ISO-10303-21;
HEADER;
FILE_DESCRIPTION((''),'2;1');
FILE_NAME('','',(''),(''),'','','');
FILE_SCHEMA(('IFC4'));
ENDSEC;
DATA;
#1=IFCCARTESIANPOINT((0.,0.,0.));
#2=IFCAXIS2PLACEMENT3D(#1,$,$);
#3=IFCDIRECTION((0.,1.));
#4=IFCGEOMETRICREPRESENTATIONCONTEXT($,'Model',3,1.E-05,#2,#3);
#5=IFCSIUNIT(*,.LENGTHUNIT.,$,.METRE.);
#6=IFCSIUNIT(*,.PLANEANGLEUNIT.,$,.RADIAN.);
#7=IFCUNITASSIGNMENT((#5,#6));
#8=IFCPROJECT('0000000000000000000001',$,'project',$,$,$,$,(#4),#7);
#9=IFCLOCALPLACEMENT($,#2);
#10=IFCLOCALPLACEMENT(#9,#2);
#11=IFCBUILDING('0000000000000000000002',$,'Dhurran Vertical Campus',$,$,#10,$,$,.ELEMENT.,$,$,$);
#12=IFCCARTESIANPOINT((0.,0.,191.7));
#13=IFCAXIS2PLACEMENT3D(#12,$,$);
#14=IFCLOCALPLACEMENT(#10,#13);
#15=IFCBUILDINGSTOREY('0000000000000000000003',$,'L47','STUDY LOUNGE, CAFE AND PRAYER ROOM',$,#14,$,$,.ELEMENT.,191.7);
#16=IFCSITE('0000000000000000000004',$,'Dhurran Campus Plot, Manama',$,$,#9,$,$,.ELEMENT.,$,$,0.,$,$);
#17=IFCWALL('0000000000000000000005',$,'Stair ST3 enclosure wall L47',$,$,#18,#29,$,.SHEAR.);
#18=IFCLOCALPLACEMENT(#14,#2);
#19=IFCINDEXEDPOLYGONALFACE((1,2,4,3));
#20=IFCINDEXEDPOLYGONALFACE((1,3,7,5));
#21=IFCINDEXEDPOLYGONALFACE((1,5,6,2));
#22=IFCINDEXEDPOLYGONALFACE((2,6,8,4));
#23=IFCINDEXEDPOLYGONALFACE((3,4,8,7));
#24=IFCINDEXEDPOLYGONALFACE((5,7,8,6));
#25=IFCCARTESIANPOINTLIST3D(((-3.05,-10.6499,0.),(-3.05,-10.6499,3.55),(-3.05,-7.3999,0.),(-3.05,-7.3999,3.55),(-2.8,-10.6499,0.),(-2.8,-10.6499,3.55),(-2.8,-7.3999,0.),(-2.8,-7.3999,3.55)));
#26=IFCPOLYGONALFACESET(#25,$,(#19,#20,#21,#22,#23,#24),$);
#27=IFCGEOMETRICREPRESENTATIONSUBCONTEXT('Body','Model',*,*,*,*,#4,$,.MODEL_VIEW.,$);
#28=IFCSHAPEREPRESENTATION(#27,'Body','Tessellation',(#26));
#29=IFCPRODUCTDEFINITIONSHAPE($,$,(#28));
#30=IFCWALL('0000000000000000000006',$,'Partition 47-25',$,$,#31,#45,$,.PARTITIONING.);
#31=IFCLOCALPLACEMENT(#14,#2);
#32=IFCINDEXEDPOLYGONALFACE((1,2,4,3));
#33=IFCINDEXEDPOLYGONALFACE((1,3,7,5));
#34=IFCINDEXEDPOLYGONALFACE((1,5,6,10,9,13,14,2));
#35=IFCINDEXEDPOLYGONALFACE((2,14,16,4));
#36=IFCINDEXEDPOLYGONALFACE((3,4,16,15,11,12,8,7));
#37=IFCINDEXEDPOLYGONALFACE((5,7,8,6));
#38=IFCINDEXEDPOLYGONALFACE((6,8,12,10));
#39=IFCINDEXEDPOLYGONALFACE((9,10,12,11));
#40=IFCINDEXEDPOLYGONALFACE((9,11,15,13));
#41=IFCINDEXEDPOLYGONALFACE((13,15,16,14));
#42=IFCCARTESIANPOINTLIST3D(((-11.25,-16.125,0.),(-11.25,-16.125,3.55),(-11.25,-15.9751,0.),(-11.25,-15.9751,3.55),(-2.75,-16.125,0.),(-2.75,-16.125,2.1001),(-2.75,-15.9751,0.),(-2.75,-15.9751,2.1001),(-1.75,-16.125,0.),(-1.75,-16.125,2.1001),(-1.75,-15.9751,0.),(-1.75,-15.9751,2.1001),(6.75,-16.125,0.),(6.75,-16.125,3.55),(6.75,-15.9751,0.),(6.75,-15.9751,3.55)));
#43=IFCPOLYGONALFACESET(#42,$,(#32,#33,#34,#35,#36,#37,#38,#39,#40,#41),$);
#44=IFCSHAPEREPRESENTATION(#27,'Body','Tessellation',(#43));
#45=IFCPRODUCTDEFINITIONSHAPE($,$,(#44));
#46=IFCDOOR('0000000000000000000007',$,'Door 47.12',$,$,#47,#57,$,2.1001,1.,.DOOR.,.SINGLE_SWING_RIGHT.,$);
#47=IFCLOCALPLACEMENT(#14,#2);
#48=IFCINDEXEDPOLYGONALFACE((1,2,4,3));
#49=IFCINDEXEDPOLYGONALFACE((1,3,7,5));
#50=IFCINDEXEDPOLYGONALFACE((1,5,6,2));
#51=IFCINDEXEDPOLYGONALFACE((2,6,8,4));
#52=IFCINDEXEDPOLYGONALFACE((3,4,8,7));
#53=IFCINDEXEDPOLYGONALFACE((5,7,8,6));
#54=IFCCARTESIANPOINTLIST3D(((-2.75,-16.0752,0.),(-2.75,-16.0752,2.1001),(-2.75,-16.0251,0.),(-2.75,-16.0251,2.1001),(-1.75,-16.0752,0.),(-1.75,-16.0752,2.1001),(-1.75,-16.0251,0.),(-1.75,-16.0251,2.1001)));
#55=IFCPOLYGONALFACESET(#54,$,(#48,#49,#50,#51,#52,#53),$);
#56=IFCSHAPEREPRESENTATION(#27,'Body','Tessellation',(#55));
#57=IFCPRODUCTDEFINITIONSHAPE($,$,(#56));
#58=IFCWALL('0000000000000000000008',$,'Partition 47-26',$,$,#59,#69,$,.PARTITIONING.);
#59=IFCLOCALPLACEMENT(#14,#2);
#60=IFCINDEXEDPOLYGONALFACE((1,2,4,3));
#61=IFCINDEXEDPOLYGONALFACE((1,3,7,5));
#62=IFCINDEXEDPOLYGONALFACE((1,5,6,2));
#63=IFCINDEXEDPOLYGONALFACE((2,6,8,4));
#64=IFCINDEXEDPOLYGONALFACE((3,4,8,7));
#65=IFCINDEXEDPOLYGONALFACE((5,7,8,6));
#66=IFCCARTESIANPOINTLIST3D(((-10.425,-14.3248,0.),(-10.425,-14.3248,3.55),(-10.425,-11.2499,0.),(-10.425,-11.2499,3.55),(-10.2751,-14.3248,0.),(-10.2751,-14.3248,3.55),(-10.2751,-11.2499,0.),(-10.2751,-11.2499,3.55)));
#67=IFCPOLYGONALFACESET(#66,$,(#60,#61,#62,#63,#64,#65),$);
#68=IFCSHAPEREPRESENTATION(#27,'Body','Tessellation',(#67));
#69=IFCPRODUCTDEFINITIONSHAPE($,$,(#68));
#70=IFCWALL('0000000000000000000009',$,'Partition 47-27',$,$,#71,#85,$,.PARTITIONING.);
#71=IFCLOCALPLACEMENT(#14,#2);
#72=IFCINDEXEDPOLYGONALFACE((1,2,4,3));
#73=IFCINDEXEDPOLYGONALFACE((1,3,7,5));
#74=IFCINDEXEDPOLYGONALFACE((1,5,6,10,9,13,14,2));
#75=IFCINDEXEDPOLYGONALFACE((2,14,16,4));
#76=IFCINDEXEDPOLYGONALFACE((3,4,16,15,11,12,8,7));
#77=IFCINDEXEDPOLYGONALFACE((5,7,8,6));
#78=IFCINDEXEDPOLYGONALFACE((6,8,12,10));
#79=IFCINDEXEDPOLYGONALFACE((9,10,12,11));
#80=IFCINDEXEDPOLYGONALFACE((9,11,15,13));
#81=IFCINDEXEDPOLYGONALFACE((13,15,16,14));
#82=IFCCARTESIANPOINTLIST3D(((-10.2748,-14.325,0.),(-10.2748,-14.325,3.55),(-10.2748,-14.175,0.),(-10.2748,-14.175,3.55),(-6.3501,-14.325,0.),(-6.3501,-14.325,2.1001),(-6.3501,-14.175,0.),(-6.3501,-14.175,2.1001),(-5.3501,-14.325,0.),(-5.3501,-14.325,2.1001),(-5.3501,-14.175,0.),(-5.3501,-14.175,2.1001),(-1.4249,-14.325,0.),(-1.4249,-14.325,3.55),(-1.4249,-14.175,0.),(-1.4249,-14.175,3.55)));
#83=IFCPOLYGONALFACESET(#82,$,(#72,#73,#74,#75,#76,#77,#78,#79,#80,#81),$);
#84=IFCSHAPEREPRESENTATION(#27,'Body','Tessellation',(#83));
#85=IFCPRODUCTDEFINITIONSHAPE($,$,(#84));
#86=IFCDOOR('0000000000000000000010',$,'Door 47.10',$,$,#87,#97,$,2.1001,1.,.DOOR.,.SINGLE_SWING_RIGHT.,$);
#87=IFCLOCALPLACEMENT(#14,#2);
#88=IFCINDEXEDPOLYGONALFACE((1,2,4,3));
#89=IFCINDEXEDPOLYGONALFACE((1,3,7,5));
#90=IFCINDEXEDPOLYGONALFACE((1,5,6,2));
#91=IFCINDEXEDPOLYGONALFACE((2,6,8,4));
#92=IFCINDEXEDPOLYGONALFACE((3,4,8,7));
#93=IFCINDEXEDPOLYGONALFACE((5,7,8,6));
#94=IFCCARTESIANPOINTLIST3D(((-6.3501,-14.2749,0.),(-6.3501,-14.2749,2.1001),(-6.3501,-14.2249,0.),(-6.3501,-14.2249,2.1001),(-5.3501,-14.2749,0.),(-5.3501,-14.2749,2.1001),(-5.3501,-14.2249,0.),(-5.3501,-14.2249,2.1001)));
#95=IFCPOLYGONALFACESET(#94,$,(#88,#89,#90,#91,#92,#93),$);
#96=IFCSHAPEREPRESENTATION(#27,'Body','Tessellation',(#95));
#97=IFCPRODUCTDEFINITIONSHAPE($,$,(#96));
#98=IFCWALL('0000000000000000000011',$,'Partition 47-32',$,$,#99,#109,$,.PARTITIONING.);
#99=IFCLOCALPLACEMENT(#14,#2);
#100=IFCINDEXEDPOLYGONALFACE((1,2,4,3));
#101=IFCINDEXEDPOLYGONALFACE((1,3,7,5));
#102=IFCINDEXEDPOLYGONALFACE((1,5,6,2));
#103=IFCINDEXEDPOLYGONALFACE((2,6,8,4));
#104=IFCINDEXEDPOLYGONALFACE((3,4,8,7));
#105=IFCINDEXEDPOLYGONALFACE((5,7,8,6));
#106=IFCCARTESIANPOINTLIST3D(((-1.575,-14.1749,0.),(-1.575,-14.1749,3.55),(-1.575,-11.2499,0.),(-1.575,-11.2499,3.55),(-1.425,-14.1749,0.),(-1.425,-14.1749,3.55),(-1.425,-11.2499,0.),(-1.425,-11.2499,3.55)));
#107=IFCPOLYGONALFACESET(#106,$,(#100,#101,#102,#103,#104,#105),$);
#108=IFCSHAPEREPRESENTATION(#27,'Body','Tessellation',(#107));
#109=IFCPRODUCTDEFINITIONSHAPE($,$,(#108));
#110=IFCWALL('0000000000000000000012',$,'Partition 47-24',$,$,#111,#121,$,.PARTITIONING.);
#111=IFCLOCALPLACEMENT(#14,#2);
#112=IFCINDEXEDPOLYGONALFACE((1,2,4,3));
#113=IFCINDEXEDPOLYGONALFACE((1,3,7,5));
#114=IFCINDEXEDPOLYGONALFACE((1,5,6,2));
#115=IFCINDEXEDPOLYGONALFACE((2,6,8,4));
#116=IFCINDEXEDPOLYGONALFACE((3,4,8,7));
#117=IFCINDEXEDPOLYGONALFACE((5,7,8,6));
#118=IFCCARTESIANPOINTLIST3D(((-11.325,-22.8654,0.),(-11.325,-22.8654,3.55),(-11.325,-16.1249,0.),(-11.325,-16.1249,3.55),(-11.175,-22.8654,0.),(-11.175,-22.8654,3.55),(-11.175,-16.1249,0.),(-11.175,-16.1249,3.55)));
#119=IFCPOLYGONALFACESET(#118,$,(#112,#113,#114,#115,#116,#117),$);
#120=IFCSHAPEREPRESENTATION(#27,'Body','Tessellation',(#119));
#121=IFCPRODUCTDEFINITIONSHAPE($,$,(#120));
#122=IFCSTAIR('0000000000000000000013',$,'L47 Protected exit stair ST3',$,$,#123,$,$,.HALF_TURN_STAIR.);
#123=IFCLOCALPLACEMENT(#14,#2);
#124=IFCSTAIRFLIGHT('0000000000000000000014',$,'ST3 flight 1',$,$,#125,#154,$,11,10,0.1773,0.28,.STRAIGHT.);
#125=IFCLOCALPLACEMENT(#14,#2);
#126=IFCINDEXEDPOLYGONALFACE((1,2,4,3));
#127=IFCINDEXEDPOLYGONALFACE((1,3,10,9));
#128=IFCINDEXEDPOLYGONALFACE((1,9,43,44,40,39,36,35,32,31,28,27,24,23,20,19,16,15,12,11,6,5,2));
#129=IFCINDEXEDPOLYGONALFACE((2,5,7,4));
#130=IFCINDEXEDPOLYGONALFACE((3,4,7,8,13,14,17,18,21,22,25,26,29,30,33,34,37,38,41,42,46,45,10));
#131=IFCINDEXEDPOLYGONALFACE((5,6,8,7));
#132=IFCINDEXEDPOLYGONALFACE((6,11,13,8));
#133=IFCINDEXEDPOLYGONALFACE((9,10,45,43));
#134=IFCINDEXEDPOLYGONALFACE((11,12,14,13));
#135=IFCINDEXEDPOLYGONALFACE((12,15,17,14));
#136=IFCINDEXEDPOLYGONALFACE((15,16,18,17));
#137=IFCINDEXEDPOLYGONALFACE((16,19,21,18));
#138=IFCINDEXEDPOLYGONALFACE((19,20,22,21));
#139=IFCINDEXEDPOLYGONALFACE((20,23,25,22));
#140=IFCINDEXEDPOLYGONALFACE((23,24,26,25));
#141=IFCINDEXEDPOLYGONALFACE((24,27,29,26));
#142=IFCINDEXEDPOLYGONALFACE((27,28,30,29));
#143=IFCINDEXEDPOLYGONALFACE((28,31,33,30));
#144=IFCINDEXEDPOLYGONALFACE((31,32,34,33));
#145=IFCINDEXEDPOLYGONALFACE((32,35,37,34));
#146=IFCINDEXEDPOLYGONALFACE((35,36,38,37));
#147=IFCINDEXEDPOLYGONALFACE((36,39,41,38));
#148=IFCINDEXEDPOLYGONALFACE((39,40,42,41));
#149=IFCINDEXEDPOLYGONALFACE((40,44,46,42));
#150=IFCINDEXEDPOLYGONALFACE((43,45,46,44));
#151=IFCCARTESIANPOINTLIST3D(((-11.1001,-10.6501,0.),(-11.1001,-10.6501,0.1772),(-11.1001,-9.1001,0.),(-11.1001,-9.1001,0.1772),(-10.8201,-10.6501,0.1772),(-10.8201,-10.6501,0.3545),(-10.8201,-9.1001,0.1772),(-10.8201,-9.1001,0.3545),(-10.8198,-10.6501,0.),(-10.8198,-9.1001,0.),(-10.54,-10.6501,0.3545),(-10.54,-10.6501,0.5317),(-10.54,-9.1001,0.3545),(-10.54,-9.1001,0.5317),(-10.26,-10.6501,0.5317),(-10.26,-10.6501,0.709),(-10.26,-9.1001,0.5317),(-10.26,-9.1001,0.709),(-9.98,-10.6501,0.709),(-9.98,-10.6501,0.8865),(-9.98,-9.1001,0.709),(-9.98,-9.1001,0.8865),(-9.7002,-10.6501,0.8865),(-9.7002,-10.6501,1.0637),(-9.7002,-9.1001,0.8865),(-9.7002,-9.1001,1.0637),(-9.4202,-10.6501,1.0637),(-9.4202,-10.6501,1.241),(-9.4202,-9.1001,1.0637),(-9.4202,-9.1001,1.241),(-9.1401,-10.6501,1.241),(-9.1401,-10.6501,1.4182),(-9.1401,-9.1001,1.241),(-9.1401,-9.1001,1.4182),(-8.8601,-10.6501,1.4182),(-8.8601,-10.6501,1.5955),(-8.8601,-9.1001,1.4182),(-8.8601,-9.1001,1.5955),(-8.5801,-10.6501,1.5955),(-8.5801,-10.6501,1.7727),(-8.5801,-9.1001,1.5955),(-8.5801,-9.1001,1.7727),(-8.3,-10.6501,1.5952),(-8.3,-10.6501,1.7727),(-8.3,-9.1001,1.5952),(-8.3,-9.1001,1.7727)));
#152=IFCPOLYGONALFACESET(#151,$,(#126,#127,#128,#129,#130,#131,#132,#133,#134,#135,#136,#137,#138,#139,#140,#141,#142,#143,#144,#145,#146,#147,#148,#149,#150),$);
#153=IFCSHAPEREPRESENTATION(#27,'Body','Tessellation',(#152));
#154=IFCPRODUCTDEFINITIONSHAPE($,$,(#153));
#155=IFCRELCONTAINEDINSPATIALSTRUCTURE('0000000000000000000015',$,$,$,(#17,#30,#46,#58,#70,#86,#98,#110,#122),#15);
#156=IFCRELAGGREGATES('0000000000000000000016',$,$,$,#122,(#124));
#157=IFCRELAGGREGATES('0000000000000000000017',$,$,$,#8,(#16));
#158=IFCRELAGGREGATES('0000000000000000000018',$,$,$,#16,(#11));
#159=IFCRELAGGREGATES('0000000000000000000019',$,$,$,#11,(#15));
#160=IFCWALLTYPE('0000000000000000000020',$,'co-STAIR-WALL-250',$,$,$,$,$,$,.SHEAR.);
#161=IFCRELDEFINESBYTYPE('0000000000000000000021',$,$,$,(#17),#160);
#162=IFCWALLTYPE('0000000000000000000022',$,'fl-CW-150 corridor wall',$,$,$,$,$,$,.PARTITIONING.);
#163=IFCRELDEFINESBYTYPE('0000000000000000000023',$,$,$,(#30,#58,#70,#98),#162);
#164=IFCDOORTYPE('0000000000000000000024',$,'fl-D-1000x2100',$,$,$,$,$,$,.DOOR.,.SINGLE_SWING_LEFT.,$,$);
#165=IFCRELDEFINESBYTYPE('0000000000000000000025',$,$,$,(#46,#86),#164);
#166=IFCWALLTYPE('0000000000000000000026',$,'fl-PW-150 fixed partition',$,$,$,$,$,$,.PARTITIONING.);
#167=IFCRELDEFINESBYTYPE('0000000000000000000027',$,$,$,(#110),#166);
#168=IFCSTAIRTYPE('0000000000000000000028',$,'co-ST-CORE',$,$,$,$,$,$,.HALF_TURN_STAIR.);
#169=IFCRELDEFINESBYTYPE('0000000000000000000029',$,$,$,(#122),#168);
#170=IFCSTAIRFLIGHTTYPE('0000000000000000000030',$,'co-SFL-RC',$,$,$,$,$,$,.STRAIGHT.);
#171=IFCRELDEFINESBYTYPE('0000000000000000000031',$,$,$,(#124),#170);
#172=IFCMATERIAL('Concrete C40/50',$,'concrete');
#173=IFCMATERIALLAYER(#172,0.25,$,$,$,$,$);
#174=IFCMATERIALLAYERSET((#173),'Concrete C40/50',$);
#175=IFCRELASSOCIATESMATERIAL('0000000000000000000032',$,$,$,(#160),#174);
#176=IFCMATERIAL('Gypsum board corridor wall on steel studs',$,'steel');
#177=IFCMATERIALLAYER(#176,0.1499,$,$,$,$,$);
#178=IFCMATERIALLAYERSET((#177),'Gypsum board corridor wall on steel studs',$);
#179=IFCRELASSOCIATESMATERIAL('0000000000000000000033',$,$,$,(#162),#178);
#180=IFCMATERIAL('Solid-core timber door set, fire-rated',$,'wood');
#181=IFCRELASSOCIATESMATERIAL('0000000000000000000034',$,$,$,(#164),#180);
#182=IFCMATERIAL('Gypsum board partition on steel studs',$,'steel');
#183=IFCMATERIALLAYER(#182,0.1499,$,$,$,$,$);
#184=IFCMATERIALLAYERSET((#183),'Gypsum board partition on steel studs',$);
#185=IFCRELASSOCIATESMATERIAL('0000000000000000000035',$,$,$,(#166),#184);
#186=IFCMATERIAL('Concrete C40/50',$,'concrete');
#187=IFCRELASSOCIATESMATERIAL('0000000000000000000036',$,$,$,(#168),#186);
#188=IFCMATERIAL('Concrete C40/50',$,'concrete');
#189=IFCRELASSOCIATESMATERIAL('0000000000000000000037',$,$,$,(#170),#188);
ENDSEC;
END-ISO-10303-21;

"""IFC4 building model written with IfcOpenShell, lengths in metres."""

from ifc_helpers import new_model, si_unit, direction, frame, frame_2d, origin, place, context, subcontext, project, spatial, polyline, rectangle, outline, extrude, material, layer, layer_set, type_object, element, fill, aggregate, save


model = new_model("IFC4")

# Units and contexts
model_context = context("Model", 3, precision=1e-05, world=origin(), true_north=direction((0.0, 1.0)))
body_context = subcontext(model_context, "Body", "Model", "MODEL_VIEW")
ifc_project = project(units=[si_unit("LENGTHUNIT", "METRE"), si_unit("PLANEANGLEUNIT", "RADIAN")], contexts=[model_context])

# Site, building, storey
site_placement = place(None, origin())
site = spatial("IfcSite", under=ifc_project, at=site_placement, Name="Dhurran Campus Plot, Manama", CompositionType="ELEMENT", RefElevation=0.0)
building_placement = place(site_placement, origin())
building = spatial("IfcBuilding", under=site, at=building_placement, Name="Dhurran Vertical Campus", CompositionType="ELEMENT")
storey_placement = place(building_placement, frame((0.0, 0.0, 191.7)))
storey = spatial("IfcBuildingStorey", under=building, at=storey_placement, Name="L47", Description="STUDY LOUNGE, CAFE AND PRAYER ROOM", CompositionType="ELEMENT", Elevation=191.7)

# Wall
ifc_material_1 = material(Name="Concrete C40/50", Category="concrete")
ifc_layer_1 = layer(ifc_material_1, 0.25)
ifc_layer_set_1 = layer_set([ifc_layer_1], Name="Concrete C40/50")
wall_type_1 = type_object("IfcWallType", Name="co-STAIR-WALL-250", PredefinedType="SHEAR", material=ifc_layer_set_1)
wall_1_placement = place(storey_placement, frame((-2.925, -10.6499, 0.0), z_axis=(0.0, 0.0, 1.0), x_axis=(0.0, 1.0, 0.0)))
element("IfcWall", 1, at=wall_1_placement, inside=storey, type_object=wall_type_1, Name="Stair ST3 enclosure wall L47", PredefinedType="SHEAR", context=body_context, shape_type="SweptSolid", body=[
    extrude(rectangle(XDim=3.25, YDim=0.25, at=frame_2d((1.625, 0.0))), origin(), (0.0, 0.0, 1.0), 3.55),
])

# Wall, opening, door
ifc_material_2 = material(Name="Gypsum board corridor wall on steel studs", Category="steel")
ifc_layer_2 = layer(ifc_material_2, 0.1499)
ifc_layer_set_2 = layer_set([ifc_layer_2], Name="Gypsum board corridor wall on steel studs")
wall_type_2 = type_object("IfcWallType", Name="fl-CW-150 corridor wall", PredefinedType="PARTITIONING", material=ifc_layer_set_2)
wall_2_placement = place(storey_placement, frame((-11.25, -16.05, 0.0), z_axis=(0.0, 0.0, 1.0), x_axis=(1.0, 0.0, 0.0)))
wall_2 = element("IfcWall", 2, at=wall_2_placement, inside=storey, type_object=wall_type_2, Name="Partition 47-25", PredefinedType="PARTITIONING", context=body_context, shape_type="SweptSolid", body=[
    extrude(rectangle(XDim=18.0, YDim=0.1499, at=frame_2d((9.0, 0.0))), origin(), (0.0, 0.0, 1.0), 3.55),
])
opening_1_placement = place(wall_2_placement, frame((8.5, 0.0, 0.0)))
opening_1 = element("IfcOpeningElement", 3, at=opening_1_placement, cuts=wall_2, PredefinedType="OPENING", context=body_context, shape_type="SweptSolid", body=[
    extrude(rectangle(XDim=1.0, YDim=2.1001, at=frame_2d((0.5, 1.05))), frame((0.0, 0.085, 0.0), z_axis=(0.0, -1.0, 0.0), x_axis=(1.0, 0.0, 0.0)), (0.0, 0.0, 1.0), 0.1699),
])
ifc_material_3 = material(Name="Solid-core timber door set, fire-rated", Category="wood")
door_type_1 = type_object("IfcDoorType", Name="fl-D-1000x2100", OperationType="SINGLE_SWING_LEFT", PredefinedType="DOOR", material=ifc_material_3)
door_1_placement = place(opening_1_placement, origin())
door_1 = element("IfcDoor", 4, at=door_1_placement, inside=storey, type_object=door_type_1, Name="Door 47.12", OperationType="SINGLE_SWING_RIGHT", OverallHeight=2.1001, OverallWidth=1.0, PredefinedType="DOOR", context=body_context, shape_type="SweptSolid", body=[
    extrude(rectangle(XDim=1.0, YDim=2.1001, at=frame_2d((0.5, 1.05))), frame((0.0, 0.0249, 0.0), z_axis=(0.0, -1.0, 0.0), x_axis=(1.0, 0.0, 0.0)), (0.0, 0.0, 1.0), 0.05),
])
fill(opening_1, door_1)

# Wall
wall_3_placement = place(storey_placement, frame((-10.3501, -14.325, 0.0), z_axis=(0.0, 0.0, 1.0), x_axis=(0.0, 1.0, 0.0)))
element("IfcWall", 5, at=wall_3_placement, inside=storey, type_object=wall_type_2, Name="Partition 47-26", PredefinedType="PARTITIONING", context=body_context, shape_type="SweptSolid", body=[
    extrude(rectangle(XDim=3.075, YDim=0.1499, at=frame_2d((1.5376, 0.0))), origin(), (0.0, 0.0, 1.0), 3.55),
])

# Wall, opening, door
wall_4_placement = place(storey_placement, frame((-1.425, -14.25, 0.0), z_axis=(0.0, 0.0, 1.0), x_axis=(-1.0, 0.0, 0.0)))
wall_4 = element("IfcWall", 6, at=wall_4_placement, inside=storey, type_object=wall_type_2, Name="Partition 47-27", PredefinedType="PARTITIONING", context=body_context, shape_type="SweptSolid", body=[
    extrude(rectangle(XDim=8.8499, YDim=0.1499, at=frame_2d((4.4248, 0.0))), origin(), (0.0, 0.0, 1.0), 3.55),
])
opening_2_placement = place(wall_4_placement, frame((3.925, 0.0, 0.0)))
opening_2 = element("IfcOpeningElement", 7, at=opening_2_placement, cuts=wall_4, PredefinedType="OPENING", context=body_context, shape_type="SweptSolid", body=[
    extrude(rectangle(XDim=1.0, YDim=2.1001, at=frame_2d((0.5, 1.05))), frame((0.0, 0.085, 0.0), z_axis=(0.0, -1.0, 0.0), x_axis=(1.0, 0.0, 0.0)), (0.0, 0.0, 1.0), 0.1699),
])
door_2_placement = place(opening_2_placement, origin())
door_2 = element("IfcDoor", 8, at=door_2_placement, inside=storey, type_object=door_type_1, Name="Door 47.10", OperationType="SINGLE_SWING_RIGHT", OverallHeight=2.1001, OverallWidth=1.0, PredefinedType="DOOR", context=body_context, shape_type="SweptSolid", body=[
    extrude(rectangle(XDim=1.0, YDim=2.1001, at=frame_2d((0.5, 1.05))), frame((0.0, 0.0249, 0.0), z_axis=(0.0, -1.0, 0.0), x_axis=(1.0, 0.0, 0.0)), (0.0, 0.0, 1.0), 0.05),
])
fill(opening_2, door_2)

# Walls
wall_5_placement = place(storey_placement, frame((-1.5, -11.25, 0.0), z_axis=(0.0, 0.0, 1.0), x_axis=(0.0, -1.0, 0.0)))
element("IfcWall", 9, at=wall_5_placement, inside=storey, type_object=wall_type_2, Name="Partition 47-32", PredefinedType="PARTITIONING", context=body_context, shape_type="SweptSolid", body=[
    extrude(rectangle(XDim=2.925, YDim=0.1499, at=frame_2d((1.4624, 0.0))), origin(), (0.0, 0.0, 1.0), 3.55),
])
ifc_material_4 = material(Name="Gypsum board partition on steel studs", Category="steel")
ifc_layer_3 = layer(ifc_material_4, 0.1499)
ifc_layer_set_3 = layer_set([ifc_layer_3], Name="Gypsum board partition on steel studs")
wall_type_3 = type_object("IfcWallType", Name="fl-PW-150 fixed partition", PredefinedType="PARTITIONING", material=ifc_layer_set_3)
wall_6_placement = place(storey_placement, frame((-11.25, -16.125, 0.0), z_axis=(0.0, 0.0, 1.0), x_axis=(0.0, -1.0, 0.0)))
element("IfcWall", 10, at=wall_6_placement, inside=storey, type_object=wall_type_3, Name="Partition 47-24", PredefinedType="PARTITIONING", context=body_context, shape_type="SweptSolid", body=[
    extrude(rectangle(XDim=6.7405, YDim=0.1499, at=frame_2d((3.3701, 0.0))), origin(), (0.0, 0.0, 1.0), 3.55),
])

# Stair, stair flight
ifc_material_5 = material(Name="Concrete C40/50", Category="concrete")
stair_type = type_object("IfcStairType", Name="co-ST-CORE", PredefinedType="HALF_TURN_STAIR", material=ifc_material_5)
stair_placement = place(storey_placement, origin())
stair = element("IfcStair", 11, at=stair_placement, inside=storey, type_object=stair_type, Name="L47 Protected exit stair ST3", PredefinedType="HALF_TURN_STAIR")
ifc_material_6 = material(Name="Concrete C40/50", Category="concrete")
stair_flight_type = type_object("IfcStairFlightType", Name="co-SFL-RC", PredefinedType="STRAIGHT", material=ifc_material_6)
stair_flight_placement = place(storey_placement, frame((-11.1001, -9.875, 0.0), z_axis=(0.0, 0.0, 1.0), x_axis=(1.0, 0.0, 0.0)))
stair_flight = element("IfcStairFlight", 12, at=stair_flight_placement, type_object=stair_flight_type, Name="ST3 flight 1", NumberOfRisers=11, NumberOfTreads=10, PredefinedType="STRAIGHT", RiserHeight=0.1773, TreadLength=0.28, context=body_context, shape_type="SweptSolid", body=[
    extrude(outline(polyline([(0.0, 0.0), (0.0, 0.1772), (0.28, 0.1772), (0.28, 0.3545), (0.5601, 0.3545), (0.5601, 0.5317), (0.8401, 0.5317), (0.8401, 0.709), (1.1201, 0.709), (1.1201, 0.8865), (1.3999, 0.8865), (1.3999, 1.0637), (1.6799, 1.0637), (1.6799, 1.241), (1.96, 1.241), (1.96, 1.4182), (2.24, 1.4182), (2.24, 1.5955), (2.52, 1.5955), (2.52, 1.7727), (2.8, 1.7727), (2.8, 1.95), (2.8, 1.5952), (0.2803, 0.0), (0.0, 0.0)])), frame((0.0, 0.7749, 0.0), z_axis=(0.0, -1.0, 0.0), x_axis=(1.0, 0.0, 0.0)), (0.0, 0.0, 1.0), 1.55),
])
aggregate(stair, [stair_flight])

save(model, "model.ifc")
